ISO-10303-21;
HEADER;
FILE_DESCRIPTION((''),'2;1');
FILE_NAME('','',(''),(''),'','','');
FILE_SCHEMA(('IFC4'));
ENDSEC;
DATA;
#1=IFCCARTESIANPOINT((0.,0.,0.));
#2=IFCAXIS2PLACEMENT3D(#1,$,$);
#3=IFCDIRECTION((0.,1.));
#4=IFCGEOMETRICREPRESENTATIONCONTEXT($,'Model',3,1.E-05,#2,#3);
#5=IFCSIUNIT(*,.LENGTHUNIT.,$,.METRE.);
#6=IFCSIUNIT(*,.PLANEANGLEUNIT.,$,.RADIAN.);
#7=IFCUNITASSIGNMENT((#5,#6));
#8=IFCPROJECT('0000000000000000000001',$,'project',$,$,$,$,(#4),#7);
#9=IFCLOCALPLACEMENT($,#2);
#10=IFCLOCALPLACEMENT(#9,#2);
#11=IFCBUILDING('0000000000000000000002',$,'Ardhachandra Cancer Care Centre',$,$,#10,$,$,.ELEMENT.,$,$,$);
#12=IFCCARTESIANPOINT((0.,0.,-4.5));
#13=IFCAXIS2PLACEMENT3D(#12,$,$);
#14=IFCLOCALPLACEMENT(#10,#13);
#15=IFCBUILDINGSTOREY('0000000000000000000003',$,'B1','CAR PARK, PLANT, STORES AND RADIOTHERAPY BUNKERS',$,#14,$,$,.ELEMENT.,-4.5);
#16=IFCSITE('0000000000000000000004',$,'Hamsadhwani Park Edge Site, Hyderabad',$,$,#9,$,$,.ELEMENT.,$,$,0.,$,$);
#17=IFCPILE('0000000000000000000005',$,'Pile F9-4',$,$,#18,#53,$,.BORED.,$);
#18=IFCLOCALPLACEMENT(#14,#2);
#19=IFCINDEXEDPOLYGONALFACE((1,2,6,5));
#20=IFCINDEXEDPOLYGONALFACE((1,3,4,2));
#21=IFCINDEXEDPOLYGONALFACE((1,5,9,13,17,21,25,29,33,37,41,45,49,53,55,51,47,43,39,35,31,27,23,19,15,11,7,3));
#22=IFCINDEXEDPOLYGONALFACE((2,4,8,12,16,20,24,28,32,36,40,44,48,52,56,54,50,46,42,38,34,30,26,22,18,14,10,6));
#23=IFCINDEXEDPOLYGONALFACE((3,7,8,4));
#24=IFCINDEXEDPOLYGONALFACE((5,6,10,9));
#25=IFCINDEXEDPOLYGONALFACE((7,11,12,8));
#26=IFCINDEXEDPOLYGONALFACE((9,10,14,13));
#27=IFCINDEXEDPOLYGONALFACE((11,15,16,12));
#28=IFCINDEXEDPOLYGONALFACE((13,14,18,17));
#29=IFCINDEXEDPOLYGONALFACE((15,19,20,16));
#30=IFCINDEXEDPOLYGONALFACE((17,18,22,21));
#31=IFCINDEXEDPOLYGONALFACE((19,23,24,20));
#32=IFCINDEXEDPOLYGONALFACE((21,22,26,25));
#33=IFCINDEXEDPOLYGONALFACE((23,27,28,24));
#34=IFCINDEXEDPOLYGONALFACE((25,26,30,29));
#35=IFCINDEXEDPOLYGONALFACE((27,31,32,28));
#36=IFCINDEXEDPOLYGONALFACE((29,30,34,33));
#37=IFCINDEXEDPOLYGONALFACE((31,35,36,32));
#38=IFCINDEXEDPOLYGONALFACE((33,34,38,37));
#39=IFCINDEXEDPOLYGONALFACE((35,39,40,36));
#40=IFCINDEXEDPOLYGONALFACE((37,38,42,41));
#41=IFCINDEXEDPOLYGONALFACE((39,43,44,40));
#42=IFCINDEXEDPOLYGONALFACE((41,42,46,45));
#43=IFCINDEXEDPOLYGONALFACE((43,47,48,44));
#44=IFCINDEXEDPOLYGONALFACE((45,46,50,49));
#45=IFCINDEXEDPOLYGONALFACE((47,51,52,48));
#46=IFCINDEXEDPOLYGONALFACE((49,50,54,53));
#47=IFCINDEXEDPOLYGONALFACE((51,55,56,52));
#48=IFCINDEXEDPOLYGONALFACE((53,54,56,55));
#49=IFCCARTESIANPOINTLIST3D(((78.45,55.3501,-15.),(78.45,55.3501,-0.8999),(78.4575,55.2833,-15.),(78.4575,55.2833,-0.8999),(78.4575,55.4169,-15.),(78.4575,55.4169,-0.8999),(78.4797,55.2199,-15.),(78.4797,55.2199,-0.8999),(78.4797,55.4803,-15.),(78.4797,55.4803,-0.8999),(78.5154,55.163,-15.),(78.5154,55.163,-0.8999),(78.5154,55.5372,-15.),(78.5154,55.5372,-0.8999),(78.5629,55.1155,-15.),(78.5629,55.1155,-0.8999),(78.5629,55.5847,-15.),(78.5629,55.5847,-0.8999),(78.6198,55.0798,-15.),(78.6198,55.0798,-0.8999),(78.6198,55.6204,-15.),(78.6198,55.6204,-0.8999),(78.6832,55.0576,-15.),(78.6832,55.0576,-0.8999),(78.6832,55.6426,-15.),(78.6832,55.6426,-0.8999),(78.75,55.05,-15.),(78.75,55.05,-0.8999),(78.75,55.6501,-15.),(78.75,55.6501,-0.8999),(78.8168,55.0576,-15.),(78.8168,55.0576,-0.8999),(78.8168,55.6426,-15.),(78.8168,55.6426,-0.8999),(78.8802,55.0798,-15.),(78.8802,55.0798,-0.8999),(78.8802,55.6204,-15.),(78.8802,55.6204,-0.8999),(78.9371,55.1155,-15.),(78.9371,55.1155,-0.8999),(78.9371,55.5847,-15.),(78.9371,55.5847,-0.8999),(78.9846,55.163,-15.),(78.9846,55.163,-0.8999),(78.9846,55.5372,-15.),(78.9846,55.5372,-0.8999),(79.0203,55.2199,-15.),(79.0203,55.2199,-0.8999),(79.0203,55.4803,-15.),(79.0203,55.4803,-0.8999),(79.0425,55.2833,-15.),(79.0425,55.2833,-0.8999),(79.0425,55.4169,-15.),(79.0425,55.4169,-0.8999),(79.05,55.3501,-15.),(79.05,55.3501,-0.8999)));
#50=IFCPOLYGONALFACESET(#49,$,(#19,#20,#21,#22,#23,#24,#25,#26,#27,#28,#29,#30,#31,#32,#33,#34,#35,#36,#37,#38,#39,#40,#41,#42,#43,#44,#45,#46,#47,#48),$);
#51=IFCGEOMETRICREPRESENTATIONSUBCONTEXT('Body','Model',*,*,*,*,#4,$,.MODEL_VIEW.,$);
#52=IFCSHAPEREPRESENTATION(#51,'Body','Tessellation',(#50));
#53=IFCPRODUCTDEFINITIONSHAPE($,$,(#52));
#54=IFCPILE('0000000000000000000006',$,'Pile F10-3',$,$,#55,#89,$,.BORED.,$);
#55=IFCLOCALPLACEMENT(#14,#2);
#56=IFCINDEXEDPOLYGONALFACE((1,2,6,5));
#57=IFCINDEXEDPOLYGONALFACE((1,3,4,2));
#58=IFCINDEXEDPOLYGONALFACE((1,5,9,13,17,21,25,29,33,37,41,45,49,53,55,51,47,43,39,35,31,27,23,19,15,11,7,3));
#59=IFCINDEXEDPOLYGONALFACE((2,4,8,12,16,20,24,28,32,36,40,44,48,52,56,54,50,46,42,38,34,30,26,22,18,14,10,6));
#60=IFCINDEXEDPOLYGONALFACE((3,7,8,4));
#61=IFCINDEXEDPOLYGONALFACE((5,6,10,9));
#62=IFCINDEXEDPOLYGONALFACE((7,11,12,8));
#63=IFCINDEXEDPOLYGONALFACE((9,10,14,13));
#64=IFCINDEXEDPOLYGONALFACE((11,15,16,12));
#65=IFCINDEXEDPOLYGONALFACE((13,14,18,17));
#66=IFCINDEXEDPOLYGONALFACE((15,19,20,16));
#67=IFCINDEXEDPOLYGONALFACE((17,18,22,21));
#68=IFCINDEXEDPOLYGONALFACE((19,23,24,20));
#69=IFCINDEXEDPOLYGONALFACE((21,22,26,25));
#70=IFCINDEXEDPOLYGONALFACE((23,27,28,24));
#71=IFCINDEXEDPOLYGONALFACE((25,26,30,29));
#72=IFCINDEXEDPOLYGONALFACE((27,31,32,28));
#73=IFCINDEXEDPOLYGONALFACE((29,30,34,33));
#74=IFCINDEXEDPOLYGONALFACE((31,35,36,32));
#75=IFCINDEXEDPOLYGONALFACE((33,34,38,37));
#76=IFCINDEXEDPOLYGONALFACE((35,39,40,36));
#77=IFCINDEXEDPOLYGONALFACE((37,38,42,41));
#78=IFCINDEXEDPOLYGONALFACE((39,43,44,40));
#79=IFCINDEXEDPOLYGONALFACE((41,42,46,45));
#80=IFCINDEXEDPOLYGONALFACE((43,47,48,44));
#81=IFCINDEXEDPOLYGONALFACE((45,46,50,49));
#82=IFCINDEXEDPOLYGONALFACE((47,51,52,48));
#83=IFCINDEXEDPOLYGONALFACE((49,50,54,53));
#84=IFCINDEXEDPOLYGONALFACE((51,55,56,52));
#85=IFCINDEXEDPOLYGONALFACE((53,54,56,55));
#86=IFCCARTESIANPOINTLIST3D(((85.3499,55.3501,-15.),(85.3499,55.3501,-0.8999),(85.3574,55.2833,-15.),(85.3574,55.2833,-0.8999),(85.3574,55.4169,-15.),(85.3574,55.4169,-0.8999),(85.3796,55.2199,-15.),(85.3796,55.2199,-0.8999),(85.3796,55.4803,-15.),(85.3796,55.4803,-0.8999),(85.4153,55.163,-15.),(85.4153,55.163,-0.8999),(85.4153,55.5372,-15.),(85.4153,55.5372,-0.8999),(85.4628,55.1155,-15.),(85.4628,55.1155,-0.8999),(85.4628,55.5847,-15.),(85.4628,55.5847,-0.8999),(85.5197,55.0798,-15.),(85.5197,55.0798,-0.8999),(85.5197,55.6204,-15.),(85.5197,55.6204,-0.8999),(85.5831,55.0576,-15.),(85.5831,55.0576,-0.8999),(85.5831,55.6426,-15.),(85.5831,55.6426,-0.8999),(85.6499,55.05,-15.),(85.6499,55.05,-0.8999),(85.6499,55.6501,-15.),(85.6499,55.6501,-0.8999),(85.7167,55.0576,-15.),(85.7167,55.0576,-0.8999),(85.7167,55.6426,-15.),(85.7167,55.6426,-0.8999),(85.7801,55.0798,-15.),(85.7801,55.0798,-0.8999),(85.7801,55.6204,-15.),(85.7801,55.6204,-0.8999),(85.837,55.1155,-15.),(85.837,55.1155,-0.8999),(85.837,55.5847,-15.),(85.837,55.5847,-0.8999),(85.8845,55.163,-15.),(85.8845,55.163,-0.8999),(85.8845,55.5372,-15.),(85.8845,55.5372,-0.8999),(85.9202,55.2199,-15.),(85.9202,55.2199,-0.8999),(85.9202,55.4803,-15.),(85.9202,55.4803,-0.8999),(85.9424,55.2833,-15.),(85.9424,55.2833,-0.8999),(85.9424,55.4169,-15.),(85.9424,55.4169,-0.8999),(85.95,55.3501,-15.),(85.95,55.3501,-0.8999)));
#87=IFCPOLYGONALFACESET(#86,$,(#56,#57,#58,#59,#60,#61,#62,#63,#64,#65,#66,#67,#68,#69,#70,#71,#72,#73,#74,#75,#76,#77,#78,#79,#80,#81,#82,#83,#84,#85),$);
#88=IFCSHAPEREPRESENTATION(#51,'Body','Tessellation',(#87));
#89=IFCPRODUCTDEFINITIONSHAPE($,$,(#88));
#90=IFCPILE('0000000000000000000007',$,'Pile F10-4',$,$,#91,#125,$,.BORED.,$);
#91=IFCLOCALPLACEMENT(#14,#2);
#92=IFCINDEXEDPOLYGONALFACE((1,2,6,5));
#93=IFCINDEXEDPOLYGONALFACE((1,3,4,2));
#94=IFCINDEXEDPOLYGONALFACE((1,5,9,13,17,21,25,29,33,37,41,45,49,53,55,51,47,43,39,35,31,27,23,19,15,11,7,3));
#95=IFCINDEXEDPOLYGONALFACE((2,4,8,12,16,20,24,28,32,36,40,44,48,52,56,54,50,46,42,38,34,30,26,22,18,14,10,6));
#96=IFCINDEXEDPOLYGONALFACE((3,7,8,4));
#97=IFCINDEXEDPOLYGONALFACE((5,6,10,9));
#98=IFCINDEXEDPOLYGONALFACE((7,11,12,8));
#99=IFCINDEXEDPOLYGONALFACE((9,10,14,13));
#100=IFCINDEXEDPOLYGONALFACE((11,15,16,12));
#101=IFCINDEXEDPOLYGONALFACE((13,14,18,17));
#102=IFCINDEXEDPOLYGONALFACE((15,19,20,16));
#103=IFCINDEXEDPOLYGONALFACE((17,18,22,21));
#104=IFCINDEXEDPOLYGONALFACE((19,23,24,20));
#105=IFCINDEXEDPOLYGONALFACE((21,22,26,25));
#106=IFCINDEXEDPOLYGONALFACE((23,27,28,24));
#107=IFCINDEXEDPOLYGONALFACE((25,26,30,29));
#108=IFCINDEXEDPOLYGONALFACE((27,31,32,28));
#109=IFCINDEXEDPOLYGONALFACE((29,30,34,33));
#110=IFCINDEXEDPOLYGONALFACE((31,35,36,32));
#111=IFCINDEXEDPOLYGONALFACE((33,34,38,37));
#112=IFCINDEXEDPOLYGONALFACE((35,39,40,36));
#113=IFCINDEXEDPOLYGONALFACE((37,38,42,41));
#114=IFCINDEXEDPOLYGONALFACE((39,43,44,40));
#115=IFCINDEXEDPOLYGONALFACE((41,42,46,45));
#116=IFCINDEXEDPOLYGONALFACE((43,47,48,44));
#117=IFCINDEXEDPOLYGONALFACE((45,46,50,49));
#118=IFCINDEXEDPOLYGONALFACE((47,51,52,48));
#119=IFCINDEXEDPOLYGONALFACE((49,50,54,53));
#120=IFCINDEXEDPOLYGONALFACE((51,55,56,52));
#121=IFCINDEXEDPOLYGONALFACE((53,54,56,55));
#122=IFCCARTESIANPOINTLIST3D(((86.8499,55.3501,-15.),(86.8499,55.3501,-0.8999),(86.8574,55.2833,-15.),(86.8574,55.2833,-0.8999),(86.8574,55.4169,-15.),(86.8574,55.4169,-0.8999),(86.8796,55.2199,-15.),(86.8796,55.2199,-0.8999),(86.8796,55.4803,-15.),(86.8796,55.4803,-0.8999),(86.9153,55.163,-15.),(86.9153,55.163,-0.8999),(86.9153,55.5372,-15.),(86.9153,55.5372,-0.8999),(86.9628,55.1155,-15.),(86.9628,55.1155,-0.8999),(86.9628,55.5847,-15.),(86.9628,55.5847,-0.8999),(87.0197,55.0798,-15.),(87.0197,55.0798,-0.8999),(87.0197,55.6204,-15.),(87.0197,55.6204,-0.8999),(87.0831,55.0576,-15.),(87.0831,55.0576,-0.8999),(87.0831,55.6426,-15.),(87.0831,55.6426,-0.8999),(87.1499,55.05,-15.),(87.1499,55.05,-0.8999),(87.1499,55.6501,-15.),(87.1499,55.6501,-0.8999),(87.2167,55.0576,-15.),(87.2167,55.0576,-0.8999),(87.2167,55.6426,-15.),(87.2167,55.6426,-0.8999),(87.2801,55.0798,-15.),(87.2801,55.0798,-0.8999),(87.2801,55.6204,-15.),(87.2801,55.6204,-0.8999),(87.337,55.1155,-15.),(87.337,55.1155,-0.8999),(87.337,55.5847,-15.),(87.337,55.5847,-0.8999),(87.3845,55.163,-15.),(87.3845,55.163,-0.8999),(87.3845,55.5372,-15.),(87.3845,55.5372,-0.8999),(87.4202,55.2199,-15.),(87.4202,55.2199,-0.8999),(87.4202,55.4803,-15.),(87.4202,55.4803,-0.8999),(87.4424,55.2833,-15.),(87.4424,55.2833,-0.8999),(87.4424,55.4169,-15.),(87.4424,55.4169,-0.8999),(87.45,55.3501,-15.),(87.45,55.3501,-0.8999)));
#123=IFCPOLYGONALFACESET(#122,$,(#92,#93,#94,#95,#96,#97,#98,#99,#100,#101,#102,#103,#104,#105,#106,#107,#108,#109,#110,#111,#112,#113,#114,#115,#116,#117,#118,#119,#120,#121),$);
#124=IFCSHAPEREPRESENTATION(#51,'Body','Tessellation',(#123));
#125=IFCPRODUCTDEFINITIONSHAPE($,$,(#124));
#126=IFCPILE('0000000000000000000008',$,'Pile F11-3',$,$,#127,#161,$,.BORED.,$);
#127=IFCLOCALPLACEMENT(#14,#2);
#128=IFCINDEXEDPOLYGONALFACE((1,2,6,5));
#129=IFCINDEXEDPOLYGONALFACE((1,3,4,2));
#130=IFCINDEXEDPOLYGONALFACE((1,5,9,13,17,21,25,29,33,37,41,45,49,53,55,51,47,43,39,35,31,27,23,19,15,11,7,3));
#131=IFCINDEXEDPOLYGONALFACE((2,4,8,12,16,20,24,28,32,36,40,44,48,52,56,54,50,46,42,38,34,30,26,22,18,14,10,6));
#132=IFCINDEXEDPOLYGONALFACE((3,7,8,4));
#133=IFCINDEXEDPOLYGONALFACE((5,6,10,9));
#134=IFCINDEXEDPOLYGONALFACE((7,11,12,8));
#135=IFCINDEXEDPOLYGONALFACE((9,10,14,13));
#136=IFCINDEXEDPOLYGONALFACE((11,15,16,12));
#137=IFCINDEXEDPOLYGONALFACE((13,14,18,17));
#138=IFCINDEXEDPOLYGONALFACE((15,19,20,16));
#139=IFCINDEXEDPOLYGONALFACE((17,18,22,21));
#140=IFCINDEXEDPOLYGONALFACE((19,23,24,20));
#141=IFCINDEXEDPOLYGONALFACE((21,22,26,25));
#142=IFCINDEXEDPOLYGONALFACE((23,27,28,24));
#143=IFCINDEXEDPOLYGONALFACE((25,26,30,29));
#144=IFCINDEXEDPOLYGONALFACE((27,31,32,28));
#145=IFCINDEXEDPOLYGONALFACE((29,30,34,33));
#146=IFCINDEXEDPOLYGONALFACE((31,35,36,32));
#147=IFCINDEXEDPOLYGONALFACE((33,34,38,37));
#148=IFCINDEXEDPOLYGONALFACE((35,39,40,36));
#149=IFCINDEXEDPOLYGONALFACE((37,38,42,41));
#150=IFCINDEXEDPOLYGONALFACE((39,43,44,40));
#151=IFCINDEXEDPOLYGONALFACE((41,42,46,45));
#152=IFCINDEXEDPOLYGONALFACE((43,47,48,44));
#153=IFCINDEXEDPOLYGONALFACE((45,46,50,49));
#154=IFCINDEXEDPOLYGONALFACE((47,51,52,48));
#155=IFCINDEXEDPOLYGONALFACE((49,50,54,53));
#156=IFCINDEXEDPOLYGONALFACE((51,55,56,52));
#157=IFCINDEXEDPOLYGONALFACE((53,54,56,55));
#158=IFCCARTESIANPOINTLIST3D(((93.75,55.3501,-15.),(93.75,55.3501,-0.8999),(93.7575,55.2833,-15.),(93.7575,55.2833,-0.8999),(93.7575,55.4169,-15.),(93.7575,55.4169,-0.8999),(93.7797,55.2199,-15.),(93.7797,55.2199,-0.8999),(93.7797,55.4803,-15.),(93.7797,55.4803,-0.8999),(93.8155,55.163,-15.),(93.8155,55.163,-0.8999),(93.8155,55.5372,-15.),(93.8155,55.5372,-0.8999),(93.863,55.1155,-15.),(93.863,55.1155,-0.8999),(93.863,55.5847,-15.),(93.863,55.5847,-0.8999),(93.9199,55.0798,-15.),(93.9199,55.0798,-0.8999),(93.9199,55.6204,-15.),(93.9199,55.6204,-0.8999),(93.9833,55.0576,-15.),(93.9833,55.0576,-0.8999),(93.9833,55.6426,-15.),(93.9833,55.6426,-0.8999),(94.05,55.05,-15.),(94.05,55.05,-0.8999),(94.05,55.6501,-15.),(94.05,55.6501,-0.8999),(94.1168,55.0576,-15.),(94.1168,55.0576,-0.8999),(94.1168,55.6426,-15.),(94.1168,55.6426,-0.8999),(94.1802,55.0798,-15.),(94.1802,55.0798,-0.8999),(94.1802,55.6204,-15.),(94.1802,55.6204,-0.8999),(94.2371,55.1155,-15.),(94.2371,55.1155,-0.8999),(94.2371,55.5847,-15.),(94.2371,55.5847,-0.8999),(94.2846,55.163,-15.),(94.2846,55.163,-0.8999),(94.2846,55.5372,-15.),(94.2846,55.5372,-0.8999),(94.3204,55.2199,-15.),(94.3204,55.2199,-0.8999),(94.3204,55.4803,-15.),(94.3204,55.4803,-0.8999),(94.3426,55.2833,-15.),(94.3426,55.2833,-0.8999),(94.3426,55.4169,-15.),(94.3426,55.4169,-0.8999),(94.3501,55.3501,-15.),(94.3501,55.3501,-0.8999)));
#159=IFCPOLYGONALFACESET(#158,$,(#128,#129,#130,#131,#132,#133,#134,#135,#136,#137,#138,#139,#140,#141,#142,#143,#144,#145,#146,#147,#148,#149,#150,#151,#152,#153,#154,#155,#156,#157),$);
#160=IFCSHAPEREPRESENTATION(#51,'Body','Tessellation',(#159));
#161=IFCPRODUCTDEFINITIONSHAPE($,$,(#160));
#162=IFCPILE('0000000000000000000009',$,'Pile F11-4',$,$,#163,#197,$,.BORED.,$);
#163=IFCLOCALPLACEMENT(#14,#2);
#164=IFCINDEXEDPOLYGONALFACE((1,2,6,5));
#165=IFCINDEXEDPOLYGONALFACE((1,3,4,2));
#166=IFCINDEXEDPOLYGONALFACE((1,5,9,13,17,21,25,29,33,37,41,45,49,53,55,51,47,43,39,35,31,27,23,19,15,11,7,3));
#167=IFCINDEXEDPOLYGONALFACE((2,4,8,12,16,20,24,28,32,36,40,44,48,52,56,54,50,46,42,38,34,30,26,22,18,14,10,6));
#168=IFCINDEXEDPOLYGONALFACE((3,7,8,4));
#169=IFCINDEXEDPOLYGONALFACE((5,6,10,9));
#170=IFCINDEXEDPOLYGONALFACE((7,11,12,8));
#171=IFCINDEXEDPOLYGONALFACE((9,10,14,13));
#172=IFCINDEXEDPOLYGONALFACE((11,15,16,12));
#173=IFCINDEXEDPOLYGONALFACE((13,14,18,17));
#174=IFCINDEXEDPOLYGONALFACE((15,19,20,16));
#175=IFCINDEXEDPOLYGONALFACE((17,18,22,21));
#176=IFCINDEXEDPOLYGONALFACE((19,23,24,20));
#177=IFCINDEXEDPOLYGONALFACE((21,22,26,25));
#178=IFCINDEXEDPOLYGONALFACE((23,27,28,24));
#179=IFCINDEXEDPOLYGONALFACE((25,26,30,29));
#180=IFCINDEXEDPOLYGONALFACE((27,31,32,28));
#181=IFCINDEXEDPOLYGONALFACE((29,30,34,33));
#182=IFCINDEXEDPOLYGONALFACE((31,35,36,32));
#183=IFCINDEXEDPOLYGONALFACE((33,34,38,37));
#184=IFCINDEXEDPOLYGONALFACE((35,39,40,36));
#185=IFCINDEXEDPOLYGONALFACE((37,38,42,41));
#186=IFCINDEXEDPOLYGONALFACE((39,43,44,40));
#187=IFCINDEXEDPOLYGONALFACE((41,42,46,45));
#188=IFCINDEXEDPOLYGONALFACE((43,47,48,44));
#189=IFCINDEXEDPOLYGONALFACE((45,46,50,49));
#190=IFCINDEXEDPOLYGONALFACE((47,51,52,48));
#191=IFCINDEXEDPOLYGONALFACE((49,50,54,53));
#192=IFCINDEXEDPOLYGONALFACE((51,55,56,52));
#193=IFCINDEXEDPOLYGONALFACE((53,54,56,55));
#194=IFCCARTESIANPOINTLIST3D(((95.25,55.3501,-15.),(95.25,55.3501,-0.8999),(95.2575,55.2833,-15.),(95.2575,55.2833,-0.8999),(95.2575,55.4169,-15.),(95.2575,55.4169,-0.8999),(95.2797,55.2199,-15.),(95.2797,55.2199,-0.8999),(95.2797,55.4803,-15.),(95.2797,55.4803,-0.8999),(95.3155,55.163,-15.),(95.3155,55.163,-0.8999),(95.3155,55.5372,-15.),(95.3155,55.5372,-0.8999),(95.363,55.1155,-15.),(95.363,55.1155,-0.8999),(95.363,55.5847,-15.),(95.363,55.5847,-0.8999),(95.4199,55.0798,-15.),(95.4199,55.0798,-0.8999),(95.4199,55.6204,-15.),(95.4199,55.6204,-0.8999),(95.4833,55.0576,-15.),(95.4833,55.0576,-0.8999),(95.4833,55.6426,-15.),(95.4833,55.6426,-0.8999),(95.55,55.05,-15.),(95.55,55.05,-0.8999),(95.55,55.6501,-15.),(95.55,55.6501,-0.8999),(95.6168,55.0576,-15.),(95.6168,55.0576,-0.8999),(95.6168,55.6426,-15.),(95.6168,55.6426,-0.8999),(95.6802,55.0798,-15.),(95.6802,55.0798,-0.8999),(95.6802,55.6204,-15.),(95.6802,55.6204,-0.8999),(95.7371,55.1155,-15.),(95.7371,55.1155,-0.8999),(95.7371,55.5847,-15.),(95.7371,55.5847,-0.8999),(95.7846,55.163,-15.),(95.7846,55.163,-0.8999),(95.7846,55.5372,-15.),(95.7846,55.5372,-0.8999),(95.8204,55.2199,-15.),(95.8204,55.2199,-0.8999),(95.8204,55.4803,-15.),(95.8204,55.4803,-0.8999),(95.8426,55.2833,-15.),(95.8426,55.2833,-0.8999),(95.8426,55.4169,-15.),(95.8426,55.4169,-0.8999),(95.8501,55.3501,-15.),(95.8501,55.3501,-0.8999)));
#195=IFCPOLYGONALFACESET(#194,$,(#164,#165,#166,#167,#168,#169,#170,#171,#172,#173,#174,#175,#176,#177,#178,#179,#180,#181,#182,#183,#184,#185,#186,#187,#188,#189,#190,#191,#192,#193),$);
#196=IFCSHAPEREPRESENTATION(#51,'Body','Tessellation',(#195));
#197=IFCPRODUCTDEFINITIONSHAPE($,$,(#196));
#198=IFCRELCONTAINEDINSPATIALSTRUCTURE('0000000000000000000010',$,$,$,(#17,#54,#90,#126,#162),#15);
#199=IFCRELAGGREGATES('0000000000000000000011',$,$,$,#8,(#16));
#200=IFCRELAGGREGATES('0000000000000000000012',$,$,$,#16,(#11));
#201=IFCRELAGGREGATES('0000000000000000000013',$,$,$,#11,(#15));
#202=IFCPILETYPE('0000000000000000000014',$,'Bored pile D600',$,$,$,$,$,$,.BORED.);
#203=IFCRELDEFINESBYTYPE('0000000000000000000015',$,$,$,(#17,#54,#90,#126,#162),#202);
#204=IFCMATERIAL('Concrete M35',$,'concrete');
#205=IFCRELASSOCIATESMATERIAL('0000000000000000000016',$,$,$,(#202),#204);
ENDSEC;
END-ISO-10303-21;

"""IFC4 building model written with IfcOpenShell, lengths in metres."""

from ifc_helpers import new_model, si_unit, direction, frame, origin, origin_2d, place, context, subcontext, project, spatial, circle, extrude, material, material_profile, profile_set, type_object, element, save


model = new_model("IFC4")

# Units and contexts
model_context = context("Model", 3, precision=1e-05, world=origin(), true_north=direction((0.0, 1.0)))
body_context = subcontext(model_context, "Body", "Model", "MODEL_VIEW")
ifc_project = project(units=[si_unit("LENGTHUNIT", "METRE"), si_unit("PLANEANGLEUNIT", "RADIAN")], contexts=[model_context])

# Site, building, storey
site_placement = place(None, origin())
site = spatial("IfcSite", under=ifc_project, at=site_placement, Name="Hamsadhwani Park Edge Site, Hyderabad", CompositionType="ELEMENT", RefElevation=0.0)
building_placement = place(site_placement, origin())
building = spatial("IfcBuilding", under=site, at=building_placement, Name="Ardhachandra Cancer Care Centre", CompositionType="ELEMENT")
storey_placement = place(building_placement, frame((0.0, 0.0, -4.5)))
storey = spatial("IfcBuildingStorey", under=building, at=storey_placement, Name="B1", Description="CAR PARK, PLANT, STORES AND RADIOTHERAPY BUNKERS", CompositionType="ELEMENT", Elevation=-4.5)

# Piles
ifc_material_1 = material(Name="Concrete M35", Category="concrete")
ifc_material_profile_1 = material_profile(ifc_material_1, circle(Radius=0.3, at=origin_2d()), Name="D600")
ifc_profile_set_1 = profile_set([ifc_material_profile_1], Name="Concrete M35")
pile_type = type_object("IfcPileType", Name="Bored pile D600", PredefinedType="BORED", material=ifc_profile_set_1)
for number, where, z_axis, x_axis, name in (
    (1, (78.75, 55.3501, -0.8999), (0.0, 0.0, -1.0), (1.0, 0.0, 0.0), "Pile F9-4"),
    (2, (85.6499, 55.3501, -0.8999), (0.0, 0.0, -1.0), (1.0, 0.0, 0.0), "Pile F10-3"),
    (3, (87.1499, 55.3501, -0.8999), (0.0, 0.0, -1.0), (1.0, 0.0, 0.0), "Pile F10-4"),
    (4, (94.05, 55.3501, -0.8999), (0.0, 0.0, -1.0), (1.0, 0.0, 0.0), "Pile F11-3"),
    (5, (95.55, 55.3501, -0.8999), (0.0, 0.0, -1.0), (1.0, 0.0, 0.0), "Pile F11-4"),
):
    element("IfcPile", number, at=place(storey_placement, frame(where, z_axis=z_axis, x_axis=x_axis)), inside=storey, type_object=pile_type, Name=name, PredefinedType="BORED", context=body_context, shape_type="SweptSolid", body=[
        extrude(circle(Radius=0.3, at=origin_2d()), origin(), (0.0, 0.0, 1.0), 14.1001),
    ])

save(model, "model.ifc")
